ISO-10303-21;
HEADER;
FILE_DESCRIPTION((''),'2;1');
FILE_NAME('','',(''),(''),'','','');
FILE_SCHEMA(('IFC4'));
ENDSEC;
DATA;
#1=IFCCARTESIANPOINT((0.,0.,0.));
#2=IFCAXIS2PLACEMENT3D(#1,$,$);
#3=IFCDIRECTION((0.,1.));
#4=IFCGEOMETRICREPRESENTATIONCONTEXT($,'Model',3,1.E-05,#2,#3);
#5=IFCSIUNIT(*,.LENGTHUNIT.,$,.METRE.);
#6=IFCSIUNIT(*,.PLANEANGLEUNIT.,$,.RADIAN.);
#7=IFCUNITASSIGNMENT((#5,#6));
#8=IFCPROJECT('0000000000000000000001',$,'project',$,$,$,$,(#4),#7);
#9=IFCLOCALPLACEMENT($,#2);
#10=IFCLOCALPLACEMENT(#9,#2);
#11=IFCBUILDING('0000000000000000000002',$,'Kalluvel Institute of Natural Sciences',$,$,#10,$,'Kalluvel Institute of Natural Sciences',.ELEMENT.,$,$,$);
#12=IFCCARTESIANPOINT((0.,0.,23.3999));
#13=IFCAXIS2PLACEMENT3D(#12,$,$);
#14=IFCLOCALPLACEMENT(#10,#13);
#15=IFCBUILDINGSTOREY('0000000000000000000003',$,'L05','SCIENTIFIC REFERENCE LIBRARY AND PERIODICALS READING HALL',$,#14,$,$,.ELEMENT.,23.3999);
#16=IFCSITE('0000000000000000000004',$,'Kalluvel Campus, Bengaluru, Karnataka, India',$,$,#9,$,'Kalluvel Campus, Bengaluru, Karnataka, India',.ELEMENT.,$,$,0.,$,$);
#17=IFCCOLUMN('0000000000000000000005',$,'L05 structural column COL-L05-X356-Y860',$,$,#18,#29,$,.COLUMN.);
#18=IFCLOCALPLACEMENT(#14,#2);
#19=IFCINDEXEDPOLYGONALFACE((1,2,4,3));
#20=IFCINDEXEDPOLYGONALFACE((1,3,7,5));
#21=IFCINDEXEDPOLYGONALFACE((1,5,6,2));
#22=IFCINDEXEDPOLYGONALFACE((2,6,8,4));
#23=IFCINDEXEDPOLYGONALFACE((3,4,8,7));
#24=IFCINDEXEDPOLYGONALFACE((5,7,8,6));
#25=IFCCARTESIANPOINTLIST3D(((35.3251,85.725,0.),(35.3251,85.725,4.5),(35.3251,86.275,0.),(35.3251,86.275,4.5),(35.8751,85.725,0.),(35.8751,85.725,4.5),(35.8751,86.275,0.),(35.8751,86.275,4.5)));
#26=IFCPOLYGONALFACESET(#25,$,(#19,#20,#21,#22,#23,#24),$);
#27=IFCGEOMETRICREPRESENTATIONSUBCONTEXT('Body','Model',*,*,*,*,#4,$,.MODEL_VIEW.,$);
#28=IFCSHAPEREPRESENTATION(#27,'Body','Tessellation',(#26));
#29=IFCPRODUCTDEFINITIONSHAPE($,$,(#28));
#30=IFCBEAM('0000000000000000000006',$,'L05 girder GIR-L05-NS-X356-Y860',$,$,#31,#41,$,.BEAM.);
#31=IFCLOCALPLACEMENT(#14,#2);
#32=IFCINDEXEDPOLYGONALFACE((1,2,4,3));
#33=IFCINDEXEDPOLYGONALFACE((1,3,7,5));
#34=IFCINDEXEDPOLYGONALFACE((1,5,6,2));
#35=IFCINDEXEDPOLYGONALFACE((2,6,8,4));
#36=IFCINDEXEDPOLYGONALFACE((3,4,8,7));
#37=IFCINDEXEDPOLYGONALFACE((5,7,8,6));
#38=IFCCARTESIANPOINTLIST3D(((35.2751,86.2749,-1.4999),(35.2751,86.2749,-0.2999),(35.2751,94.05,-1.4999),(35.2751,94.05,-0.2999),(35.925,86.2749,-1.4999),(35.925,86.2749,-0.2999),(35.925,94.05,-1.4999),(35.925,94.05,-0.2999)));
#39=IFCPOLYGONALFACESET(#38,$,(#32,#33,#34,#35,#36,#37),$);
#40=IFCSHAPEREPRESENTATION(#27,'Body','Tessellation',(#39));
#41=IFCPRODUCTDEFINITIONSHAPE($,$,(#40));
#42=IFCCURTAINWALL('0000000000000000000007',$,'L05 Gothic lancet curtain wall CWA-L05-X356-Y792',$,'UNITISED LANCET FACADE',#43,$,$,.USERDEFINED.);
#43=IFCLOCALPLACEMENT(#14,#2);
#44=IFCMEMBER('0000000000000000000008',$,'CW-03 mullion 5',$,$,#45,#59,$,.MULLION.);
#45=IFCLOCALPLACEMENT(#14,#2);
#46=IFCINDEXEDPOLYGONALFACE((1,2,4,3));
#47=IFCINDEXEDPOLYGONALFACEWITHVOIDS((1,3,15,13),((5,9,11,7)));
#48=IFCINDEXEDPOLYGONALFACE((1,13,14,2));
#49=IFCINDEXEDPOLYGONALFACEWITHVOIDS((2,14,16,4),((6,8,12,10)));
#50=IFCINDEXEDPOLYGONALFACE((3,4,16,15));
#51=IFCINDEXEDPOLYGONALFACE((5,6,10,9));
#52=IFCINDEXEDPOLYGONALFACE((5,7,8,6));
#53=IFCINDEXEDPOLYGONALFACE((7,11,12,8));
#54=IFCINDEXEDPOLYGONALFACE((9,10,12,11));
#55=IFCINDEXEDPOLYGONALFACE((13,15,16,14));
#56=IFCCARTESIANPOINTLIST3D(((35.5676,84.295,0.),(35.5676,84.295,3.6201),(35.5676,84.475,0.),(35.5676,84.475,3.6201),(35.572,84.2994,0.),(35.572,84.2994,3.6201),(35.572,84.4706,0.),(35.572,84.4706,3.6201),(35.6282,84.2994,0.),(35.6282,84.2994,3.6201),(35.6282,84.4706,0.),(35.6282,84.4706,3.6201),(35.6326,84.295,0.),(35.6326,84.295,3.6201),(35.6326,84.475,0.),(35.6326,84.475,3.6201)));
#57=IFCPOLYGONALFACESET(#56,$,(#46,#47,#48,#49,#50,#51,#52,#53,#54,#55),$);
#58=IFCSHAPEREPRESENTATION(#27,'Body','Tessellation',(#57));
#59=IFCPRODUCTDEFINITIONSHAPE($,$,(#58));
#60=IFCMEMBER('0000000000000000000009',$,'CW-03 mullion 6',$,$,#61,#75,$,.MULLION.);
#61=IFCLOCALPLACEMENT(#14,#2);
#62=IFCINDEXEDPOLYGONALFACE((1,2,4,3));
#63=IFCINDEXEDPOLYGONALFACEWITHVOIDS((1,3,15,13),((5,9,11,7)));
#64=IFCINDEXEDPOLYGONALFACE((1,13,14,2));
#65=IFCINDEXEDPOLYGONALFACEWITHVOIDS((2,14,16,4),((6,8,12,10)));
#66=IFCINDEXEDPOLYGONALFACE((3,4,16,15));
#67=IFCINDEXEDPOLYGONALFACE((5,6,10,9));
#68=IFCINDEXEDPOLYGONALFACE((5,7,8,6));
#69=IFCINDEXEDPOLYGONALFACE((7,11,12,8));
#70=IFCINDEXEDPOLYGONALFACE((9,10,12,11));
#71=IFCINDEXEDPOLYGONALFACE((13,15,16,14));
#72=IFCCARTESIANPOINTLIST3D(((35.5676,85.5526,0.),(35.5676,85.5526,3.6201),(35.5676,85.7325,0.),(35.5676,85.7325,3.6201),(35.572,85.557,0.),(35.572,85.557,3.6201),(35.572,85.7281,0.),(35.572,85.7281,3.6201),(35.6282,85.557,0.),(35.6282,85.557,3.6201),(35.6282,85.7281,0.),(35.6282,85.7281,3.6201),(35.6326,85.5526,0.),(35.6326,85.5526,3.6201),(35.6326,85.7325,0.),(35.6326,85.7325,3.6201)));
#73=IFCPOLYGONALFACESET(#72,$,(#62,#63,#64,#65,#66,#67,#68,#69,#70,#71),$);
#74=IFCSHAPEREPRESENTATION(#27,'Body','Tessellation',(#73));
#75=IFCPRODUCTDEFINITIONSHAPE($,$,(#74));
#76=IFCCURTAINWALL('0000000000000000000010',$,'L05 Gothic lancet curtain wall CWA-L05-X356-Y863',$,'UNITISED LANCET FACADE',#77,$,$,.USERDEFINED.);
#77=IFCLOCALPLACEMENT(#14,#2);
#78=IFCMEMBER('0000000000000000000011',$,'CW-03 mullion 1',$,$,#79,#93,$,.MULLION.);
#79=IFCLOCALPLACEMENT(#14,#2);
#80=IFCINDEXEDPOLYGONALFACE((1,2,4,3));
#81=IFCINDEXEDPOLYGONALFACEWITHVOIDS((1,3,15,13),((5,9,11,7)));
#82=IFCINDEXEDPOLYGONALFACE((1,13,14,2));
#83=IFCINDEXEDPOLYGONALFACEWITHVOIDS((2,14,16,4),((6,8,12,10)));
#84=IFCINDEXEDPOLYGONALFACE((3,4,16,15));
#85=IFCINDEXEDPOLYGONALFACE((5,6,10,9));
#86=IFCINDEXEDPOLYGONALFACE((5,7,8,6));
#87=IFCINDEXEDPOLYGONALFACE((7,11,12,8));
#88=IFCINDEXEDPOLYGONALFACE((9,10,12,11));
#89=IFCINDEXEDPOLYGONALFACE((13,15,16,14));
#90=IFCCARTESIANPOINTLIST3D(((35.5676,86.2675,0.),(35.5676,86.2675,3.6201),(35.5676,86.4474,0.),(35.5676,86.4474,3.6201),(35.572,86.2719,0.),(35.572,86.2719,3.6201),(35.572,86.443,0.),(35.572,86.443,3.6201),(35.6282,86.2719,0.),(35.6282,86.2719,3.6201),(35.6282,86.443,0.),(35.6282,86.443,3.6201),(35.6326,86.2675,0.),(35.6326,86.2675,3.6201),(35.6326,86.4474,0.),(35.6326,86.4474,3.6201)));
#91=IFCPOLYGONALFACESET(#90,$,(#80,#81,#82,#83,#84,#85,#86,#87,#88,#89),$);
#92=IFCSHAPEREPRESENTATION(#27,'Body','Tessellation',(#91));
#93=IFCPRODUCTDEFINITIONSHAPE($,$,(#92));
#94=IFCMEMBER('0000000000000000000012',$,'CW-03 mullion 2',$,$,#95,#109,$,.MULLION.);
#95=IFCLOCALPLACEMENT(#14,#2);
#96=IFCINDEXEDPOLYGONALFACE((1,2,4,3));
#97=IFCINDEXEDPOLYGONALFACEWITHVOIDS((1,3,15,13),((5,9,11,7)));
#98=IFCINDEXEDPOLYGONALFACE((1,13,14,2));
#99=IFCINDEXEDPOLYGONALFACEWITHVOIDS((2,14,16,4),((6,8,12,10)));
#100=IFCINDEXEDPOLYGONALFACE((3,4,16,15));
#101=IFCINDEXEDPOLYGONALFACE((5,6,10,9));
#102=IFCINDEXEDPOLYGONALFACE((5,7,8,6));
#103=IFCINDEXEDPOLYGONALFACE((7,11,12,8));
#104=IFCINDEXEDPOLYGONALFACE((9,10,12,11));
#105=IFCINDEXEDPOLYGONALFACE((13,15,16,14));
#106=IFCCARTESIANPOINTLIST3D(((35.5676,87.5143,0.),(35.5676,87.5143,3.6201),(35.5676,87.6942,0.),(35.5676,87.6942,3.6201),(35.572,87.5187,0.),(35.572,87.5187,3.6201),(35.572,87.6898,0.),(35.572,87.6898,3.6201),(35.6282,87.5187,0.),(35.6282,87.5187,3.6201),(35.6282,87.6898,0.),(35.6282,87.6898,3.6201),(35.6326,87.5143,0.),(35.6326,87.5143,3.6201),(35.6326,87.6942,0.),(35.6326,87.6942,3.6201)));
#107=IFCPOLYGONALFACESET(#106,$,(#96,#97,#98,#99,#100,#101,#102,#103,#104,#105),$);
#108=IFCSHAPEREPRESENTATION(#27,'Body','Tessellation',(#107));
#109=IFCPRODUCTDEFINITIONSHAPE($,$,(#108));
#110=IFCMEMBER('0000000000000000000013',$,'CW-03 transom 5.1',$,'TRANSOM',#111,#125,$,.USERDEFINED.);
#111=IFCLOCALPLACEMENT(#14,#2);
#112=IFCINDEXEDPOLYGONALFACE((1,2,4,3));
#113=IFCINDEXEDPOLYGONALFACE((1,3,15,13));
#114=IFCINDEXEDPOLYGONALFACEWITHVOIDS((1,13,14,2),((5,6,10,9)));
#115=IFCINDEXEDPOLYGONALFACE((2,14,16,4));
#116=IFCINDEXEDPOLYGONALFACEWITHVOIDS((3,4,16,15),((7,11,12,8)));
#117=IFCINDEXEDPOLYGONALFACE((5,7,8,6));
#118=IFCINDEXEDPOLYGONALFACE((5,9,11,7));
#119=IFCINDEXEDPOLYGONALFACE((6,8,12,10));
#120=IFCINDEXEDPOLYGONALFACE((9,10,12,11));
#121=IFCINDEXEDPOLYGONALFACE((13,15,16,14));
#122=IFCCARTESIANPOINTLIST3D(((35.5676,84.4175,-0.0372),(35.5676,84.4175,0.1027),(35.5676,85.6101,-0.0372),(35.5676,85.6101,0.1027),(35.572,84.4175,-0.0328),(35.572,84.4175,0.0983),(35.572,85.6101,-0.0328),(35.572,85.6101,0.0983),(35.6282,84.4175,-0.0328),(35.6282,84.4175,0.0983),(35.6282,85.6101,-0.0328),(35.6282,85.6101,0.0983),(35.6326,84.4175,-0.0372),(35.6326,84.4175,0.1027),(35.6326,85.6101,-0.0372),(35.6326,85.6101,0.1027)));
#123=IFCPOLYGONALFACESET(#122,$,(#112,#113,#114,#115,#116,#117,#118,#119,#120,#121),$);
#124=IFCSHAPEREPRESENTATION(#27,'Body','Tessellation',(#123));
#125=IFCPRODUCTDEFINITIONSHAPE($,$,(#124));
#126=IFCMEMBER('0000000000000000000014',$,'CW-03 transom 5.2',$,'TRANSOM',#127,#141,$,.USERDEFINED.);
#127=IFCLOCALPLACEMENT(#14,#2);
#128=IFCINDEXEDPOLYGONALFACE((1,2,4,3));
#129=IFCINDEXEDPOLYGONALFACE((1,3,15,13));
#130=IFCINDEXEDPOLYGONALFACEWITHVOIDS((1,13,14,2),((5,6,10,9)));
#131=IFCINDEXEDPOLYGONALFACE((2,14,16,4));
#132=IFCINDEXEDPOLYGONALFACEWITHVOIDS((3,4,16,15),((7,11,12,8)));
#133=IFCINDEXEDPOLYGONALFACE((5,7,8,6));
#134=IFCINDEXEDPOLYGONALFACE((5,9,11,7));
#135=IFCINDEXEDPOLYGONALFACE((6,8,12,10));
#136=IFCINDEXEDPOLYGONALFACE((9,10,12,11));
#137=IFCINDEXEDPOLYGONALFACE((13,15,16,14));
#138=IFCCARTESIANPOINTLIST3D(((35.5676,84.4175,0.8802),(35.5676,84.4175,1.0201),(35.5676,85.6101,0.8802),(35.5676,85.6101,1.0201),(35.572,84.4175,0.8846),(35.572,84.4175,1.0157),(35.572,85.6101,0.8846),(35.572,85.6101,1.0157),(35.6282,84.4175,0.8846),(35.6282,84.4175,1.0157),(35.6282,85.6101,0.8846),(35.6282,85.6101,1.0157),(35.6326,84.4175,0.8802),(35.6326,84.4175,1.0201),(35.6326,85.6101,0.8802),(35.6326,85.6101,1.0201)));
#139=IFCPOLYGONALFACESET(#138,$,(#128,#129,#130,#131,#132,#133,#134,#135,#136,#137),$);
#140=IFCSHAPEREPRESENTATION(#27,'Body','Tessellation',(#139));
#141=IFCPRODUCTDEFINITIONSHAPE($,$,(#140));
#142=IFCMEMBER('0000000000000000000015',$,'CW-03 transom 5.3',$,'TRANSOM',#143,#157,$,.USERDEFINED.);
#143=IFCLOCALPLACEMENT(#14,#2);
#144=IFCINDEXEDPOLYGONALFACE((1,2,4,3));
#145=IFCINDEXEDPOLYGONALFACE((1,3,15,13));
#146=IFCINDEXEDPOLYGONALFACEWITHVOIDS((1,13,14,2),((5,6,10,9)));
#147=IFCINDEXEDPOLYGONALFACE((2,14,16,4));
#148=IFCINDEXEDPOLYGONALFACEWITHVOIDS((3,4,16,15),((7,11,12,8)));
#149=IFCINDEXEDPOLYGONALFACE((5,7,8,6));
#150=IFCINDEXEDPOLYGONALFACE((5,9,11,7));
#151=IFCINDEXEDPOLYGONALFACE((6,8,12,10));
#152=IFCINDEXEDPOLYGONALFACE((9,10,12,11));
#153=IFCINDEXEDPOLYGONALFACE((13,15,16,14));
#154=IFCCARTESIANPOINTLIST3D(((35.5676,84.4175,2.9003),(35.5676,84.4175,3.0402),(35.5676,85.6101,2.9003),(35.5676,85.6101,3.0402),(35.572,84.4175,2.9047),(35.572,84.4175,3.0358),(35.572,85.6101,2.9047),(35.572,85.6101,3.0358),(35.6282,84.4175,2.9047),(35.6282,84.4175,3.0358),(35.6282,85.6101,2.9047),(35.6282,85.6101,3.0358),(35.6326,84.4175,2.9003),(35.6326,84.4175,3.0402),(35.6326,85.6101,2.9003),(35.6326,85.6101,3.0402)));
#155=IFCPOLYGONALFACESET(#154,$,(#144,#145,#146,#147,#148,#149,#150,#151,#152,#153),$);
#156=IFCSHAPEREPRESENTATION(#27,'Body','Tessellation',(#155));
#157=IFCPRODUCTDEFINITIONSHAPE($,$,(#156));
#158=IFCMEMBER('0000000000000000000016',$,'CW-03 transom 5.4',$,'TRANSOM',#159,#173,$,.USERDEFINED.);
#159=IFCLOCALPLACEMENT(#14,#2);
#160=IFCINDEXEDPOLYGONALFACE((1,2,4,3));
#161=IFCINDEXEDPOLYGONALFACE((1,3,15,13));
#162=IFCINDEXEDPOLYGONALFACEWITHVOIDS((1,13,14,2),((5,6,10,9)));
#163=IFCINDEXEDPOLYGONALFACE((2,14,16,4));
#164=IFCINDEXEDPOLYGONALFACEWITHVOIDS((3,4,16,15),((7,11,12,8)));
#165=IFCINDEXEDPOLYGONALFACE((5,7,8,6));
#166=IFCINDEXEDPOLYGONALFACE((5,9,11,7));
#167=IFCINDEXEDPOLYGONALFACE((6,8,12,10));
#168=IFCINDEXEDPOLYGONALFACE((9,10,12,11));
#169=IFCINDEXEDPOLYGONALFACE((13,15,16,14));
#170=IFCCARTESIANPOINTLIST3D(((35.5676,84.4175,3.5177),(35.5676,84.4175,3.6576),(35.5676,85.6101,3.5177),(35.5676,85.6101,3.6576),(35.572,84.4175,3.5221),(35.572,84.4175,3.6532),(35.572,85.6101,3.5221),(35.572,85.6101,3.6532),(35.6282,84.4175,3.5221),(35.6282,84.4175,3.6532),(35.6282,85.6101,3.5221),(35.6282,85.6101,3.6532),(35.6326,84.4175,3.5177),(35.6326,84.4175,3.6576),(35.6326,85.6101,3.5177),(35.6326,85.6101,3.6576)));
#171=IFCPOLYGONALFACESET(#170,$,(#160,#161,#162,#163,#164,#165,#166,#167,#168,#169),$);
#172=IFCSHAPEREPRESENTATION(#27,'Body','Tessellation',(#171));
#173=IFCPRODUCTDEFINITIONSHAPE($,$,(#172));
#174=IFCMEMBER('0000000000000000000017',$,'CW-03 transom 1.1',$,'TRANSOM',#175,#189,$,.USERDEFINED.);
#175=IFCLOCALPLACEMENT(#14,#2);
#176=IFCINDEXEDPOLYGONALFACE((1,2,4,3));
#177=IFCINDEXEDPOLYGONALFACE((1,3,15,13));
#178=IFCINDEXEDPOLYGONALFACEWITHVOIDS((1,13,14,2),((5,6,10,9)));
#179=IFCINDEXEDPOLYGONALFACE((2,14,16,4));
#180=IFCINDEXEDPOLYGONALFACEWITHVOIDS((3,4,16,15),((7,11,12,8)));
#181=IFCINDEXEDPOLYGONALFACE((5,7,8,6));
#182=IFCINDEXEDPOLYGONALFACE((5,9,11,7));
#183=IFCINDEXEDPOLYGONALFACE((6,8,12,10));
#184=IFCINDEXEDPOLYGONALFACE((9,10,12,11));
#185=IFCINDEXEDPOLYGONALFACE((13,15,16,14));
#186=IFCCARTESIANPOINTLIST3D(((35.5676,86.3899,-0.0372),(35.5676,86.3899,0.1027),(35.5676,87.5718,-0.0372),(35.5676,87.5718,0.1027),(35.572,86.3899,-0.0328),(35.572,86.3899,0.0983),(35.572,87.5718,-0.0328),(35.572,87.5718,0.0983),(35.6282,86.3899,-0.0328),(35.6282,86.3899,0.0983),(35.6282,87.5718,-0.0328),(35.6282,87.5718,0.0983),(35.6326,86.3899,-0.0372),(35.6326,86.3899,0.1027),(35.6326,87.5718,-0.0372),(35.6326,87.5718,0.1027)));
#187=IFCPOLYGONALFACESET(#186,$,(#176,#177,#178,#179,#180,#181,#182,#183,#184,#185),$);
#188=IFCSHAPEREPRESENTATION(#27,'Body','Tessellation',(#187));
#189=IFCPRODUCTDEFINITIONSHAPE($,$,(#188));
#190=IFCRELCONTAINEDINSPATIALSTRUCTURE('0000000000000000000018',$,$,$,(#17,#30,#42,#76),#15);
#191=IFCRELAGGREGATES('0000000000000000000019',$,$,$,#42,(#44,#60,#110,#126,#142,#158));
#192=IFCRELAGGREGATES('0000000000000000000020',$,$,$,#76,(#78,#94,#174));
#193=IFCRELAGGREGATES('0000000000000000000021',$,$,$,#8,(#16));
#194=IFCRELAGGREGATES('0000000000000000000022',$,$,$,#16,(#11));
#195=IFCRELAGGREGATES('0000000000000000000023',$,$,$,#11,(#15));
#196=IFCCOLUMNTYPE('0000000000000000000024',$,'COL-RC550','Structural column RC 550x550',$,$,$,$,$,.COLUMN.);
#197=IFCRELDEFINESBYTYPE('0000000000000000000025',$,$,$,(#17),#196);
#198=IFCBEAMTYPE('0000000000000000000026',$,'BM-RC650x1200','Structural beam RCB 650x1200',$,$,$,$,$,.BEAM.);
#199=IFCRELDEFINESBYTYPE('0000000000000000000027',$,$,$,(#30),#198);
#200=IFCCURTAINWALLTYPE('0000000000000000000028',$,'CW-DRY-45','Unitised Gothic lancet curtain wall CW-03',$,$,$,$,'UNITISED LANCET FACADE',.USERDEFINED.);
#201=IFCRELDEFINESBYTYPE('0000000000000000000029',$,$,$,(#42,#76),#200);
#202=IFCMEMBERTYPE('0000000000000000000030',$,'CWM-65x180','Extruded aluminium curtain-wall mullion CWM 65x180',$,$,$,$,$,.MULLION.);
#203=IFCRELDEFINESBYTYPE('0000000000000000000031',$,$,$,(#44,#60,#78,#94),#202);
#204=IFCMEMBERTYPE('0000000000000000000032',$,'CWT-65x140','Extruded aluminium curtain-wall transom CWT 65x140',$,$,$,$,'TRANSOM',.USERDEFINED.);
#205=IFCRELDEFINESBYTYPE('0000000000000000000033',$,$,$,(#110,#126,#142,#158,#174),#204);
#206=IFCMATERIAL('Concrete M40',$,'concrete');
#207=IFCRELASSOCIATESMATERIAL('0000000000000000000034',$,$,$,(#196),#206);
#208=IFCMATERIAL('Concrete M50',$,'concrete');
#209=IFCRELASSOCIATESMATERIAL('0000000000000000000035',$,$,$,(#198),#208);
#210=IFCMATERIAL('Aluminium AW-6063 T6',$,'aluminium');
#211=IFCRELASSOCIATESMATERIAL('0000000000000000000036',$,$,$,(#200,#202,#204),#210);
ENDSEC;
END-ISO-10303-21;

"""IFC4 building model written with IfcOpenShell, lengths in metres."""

from ifc_helpers import new_model, si_unit, direction, frame, origin, origin_2d, place, context, subcontext, project, spatial, rectangle, hollow_rectangle, extrude, material, material_profile, profile_set, type_object, element, aggregate, save


model = new_model("IFC4")

# Units and contexts
model_context = context("Model", 3, precision=1e-05, world=origin(), true_north=direction((0.0, 1.0)))
body_context = subcontext(model_context, "Body", "Model", "MODEL_VIEW")
ifc_project = project(units=[si_unit("LENGTHUNIT", "METRE"), si_unit("PLANEANGLEUNIT", "RADIAN")], contexts=[model_context])

# Site, building, storey
site_placement = place(None, origin())
site = spatial("IfcSite", under=ifc_project, at=site_placement, Name="Kalluvel Campus, Bengaluru, Karnataka, India", LongName="Kalluvel Campus, Bengaluru, Karnataka, India", CompositionType="ELEMENT", RefElevation=0.0)
building_placement = place(site_placement, origin())
building = spatial("IfcBuilding", under=site, at=building_placement, Name="Kalluvel Institute of Natural Sciences", LongName="Kalluvel Institute of Natural Sciences", CompositionType="ELEMENT")
storey_placement = place(building_placement, frame((0.0, 0.0, 23.3999)))
storey = spatial("IfcBuildingStorey", under=building, at=storey_placement, Name="L05", Description="SCIENTIFIC REFERENCE LIBRARY AND PERIODICALS READING HALL", CompositionType="ELEMENT", Elevation=23.3999)

# Column
ifc_material_1 = material(Name="Concrete M40", Category="concrete")
ifc_material_profile_1 = material_profile(ifc_material_1, rectangle(XDim=0.55, YDim=0.55, at=origin_2d()), Name="RC 550x550")
ifc_profile_set_1 = profile_set([ifc_material_profile_1], Name="Concrete M40")
column_type = type_object("IfcColumnType", Name="COL-RC550", Description="Structural column RC 550x550", PredefinedType="COLUMN", material=ifc_profile_set_1)
column_placement = place(storey_placement, frame((35.6001, 86.0, 0.0), z_axis=(0.0, 0.0, 1.0), x_axis=(1.0, 0.0, 0.0)))
element("IfcColumn", 1, at=column_placement, inside=storey, type_object=column_type, Name="L05 structural column COL-L05-X356-Y860", PredefinedType="COLUMN", context=body_context, shape_type="SweptSolid", body=[
    extrude(rectangle(XDim=0.55, YDim=0.55, at=origin_2d()), origin(), (0.0, 0.0, 1.0), 4.5),
])

# Beam
ifc_material_2 = material(Name="Concrete M50", Category="concrete")
ifc_material_profile_2 = material_profile(ifc_material_2, rectangle(XDim=0.6499, YDim=1.2, at=origin_2d()), Name="RCB 650x1200")
ifc_profile_set_2 = profile_set([ifc_material_profile_2], Name="Concrete M50")
beam_type = type_object("IfcBeamType", Name="BM-RC650x1200", Description="Structural beam RCB 650x1200", PredefinedType="BEAM", material=ifc_profile_set_2)
beam_placement = place(storey_placement, frame((35.6001, 86.2749, -0.8999), z_axis=(0.0, 1.0, 0.0), x_axis=(-1.0, 0.0, 0.0)))
element("IfcBeam", 2, at=beam_placement, inside=storey, type_object=beam_type, Name="L05 girder GIR-L05-NS-X356-Y860", PredefinedType="BEAM", context=body_context, shape_type="SweptSolid", body=[
    extrude(rectangle(XDim=0.6499, YDim=1.2, at=origin_2d()), origin(), (0.0, 0.0, 1.0), 7.7751),
])

# Curtain walls, members
ifc_material_3 = material(Name="Aluminium AW-6063 T6", Category="aluminium")
curtain_wall_type = type_object("IfcCurtainWallType", Name="CW-DRY-45", Description="Unitised Gothic lancet curtain wall CW-03", ElementType="UNITISED LANCET FACADE", PredefinedType="USERDEFINED", material=ifc_material_3)
curtain_wall_1_placement = place(storey_placement, origin())
curtain_wall_1 = element("IfcCurtainWall", 3, at=curtain_wall_1_placement, inside=storey, type_object=curtain_wall_type, Name="L05 Gothic lancet curtain wall CWA-L05-X356-Y792", ObjectType="UNITISED LANCET FACADE", PredefinedType="USERDEFINED")
ifc_material_profile_3 = material_profile(ifc_material_3, hollow_rectangle(XDim=0.0649, YDim=0.1799, WallThickness=0.0044, at=origin_2d()), Name="CWM 65x180")
ifc_profile_set_3 = profile_set([ifc_material_profile_3], Name="Aluminium AW-6063 T6")
member_type_1 = type_object("IfcMemberType", Name="CWM-65x180", Description="Extruded aluminium curtain-wall mullion CWM 65x180", PredefinedType="MULLION", material=ifc_profile_set_3)
member_1_placement = place(storey_placement, frame((35.6001, 84.385, 0.0), z_axis=(0.0, 0.0, 1.0), x_axis=(-1.0, 0.0, 0.0)))
member_1 = element("IfcMember", 4, at=member_1_placement, type_object=member_type_1, Name="CW-03 mullion 5", PredefinedType="MULLION", context=body_context, shape_type="SweptSolid", body=[
    extrude(hollow_rectangle(XDim=0.0649, YDim=0.1799, WallThickness=0.0044, at=origin_2d()), origin(), (0.0, 0.0, 1.0), 3.6201),
])
member_2_placement = place(storey_placement, frame((35.6001, 85.6426, 0.0), z_axis=(0.0, 0.0, 1.0), x_axis=(-1.0, 0.0, 0.0)))
member_2 = element("IfcMember", 5, at=member_2_placement, type_object=member_type_1, Name="CW-03 mullion 6", PredefinedType="MULLION", context=body_context, shape_type="SweptSolid", body=[
    extrude(hollow_rectangle(XDim=0.0649, YDim=0.1799, WallThickness=0.0044, at=origin_2d()), origin(), (0.0, 0.0, 1.0), 3.6201),
])
curtain_wall_2_placement = place(storey_placement, origin())
curtain_wall_2 = element("IfcCurtainWall", 6, at=curtain_wall_2_placement, inside=storey, type_object=curtain_wall_type, Name="L05 Gothic lancet curtain wall CWA-L05-X356-Y863", ObjectType="UNITISED LANCET FACADE", PredefinedType="USERDEFINED")
member_3_placement = place(storey_placement, frame((35.6001, 86.3574, 0.0), z_axis=(0.0, 0.0, 1.0), x_axis=(-1.0, 0.0, 0.0)))
member_3 = element("IfcMember", 7, at=member_3_placement, type_object=member_type_1, Name="CW-03 mullion 1", PredefinedType="MULLION", context=body_context, shape_type="SweptSolid", body=[
    extrude(hollow_rectangle(XDim=0.0649, YDim=0.1799, WallThickness=0.0044, at=origin_2d()), origin(), (0.0, 0.0, 1.0), 3.6201),
])
member_4_placement = place(storey_placement, frame((35.6001, 87.6042, 0.0), z_axis=(0.0, 0.0, 1.0), x_axis=(-1.0, 0.0, 0.0)))
member_4 = element("IfcMember", 8, at=member_4_placement, type_object=member_type_1, Name="CW-03 mullion 2", PredefinedType="MULLION", context=body_context, shape_type="SweptSolid", body=[
    extrude(hollow_rectangle(XDim=0.0649, YDim=0.1799, WallThickness=0.0044, at=origin_2d()), origin(), (0.0, 0.0, 1.0), 3.6201),
])

# Members
ifc_material_profile_4 = material_profile(ifc_material_3, hollow_rectangle(XDim=0.0649, YDim=0.1399, WallThickness=0.0044, at=origin_2d()), Name="CWT 65x140")
ifc_profile_set_4 = profile_set([ifc_material_profile_4], Name="Aluminium AW-6063 T6")
member_type_2 = type_object("IfcMemberType", Name="CWT-65x140", Description="Extruded aluminium curtain-wall transom CWT 65x140", ElementType="TRANSOM", PredefinedType="USERDEFINED", material=ifc_profile_set_4)
member_5_placement = place(storey_placement, frame((35.6001, 84.4175, 0.0327), z_axis=(0.0, 1.0, 0.0), x_axis=(-1.0, 0.0, 0.0)))
member_5 = element("IfcMember", 9, at=member_5_placement, type_object=member_type_2, Name="CW-03 transom 5.1", ObjectType="TRANSOM", PredefinedType="USERDEFINED", context=body_context, shape_type="SweptSolid", body=[
    extrude(hollow_rectangle(XDim=0.0649, YDim=0.1399, WallThickness=0.0044, at=origin_2d()), origin(), (0.0, 0.0, 1.0), 1.1926),
])
member_6_placement = place(storey_placement, frame((35.6001, 84.4175, 0.9502), z_axis=(0.0, 1.0, 0.0), x_axis=(-1.0, 0.0, 0.0)))
member_6 = element("IfcMember", 10, at=member_6_placement, type_object=member_type_2, Name="CW-03 transom 5.2", ObjectType="TRANSOM", PredefinedType="USERDEFINED", context=body_context, shape_type="SweptSolid", body=[
    extrude(hollow_rectangle(XDim=0.0649, YDim=0.1399, WallThickness=0.0044, at=origin_2d()), origin(), (0.0, 0.0, 1.0), 1.1926),
])
member_7_placement = place(storey_placement, frame((35.6001, 84.4175, 2.9702), z_axis=(0.0, 1.0, 0.0), x_axis=(-1.0, 0.0, 0.0)))
member_7 = element("IfcMember", 11, at=member_7_placement, type_object=member_type_2, Name="CW-03 transom 5.3", ObjectType="TRANSOM", PredefinedType="USERDEFINED", context=body_context, shape_type="SweptSolid", body=[
    extrude(hollow_rectangle(XDim=0.0649, YDim=0.1399, WallThickness=0.0044, at=origin_2d()), origin(), (0.0, 0.0, 1.0), 1.1926),
])
member_8_placement = place(storey_placement, frame((35.6001, 84.4175, 3.5876), z_axis=(0.0, 1.0, 0.0), x_axis=(-1.0, 0.0, 0.0)))
member_8 = element("IfcMember", 12, at=member_8_placement, type_object=member_type_2, Name="CW-03 transom 5.4", ObjectType="TRANSOM", PredefinedType="USERDEFINED", context=body_context, shape_type="SweptSolid", body=[
    extrude(hollow_rectangle(XDim=0.0649, YDim=0.1399, WallThickness=0.0044, at=origin_2d()), origin(), (0.0, 0.0, 1.0), 1.1926),
])
member_9_placement = place(storey_placement, frame((35.6001, 86.3899, 0.0327), z_axis=(0.0, 1.0, 0.0), x_axis=(-1.0, 0.0, 0.0)))
member_9 = element("IfcMember", 13, at=member_9_placement, type_object=member_type_2, Name="CW-03 transom 1.1", ObjectType="TRANSOM", PredefinedType="USERDEFINED", context=body_context, shape_type="SweptSolid", body=[
    extrude(hollow_rectangle(XDim=0.0649, YDim=0.1399, WallThickness=0.0044, at=origin_2d()), origin(), (0.0, 0.0, 1.0), 1.1819),
])

aggregate(curtain_wall_1, [member_1, member_2, member_5, member_6, member_7, member_8])
aggregate(curtain_wall_2, [member_3, member_4, member_9])

save(model, "model.ifc")
